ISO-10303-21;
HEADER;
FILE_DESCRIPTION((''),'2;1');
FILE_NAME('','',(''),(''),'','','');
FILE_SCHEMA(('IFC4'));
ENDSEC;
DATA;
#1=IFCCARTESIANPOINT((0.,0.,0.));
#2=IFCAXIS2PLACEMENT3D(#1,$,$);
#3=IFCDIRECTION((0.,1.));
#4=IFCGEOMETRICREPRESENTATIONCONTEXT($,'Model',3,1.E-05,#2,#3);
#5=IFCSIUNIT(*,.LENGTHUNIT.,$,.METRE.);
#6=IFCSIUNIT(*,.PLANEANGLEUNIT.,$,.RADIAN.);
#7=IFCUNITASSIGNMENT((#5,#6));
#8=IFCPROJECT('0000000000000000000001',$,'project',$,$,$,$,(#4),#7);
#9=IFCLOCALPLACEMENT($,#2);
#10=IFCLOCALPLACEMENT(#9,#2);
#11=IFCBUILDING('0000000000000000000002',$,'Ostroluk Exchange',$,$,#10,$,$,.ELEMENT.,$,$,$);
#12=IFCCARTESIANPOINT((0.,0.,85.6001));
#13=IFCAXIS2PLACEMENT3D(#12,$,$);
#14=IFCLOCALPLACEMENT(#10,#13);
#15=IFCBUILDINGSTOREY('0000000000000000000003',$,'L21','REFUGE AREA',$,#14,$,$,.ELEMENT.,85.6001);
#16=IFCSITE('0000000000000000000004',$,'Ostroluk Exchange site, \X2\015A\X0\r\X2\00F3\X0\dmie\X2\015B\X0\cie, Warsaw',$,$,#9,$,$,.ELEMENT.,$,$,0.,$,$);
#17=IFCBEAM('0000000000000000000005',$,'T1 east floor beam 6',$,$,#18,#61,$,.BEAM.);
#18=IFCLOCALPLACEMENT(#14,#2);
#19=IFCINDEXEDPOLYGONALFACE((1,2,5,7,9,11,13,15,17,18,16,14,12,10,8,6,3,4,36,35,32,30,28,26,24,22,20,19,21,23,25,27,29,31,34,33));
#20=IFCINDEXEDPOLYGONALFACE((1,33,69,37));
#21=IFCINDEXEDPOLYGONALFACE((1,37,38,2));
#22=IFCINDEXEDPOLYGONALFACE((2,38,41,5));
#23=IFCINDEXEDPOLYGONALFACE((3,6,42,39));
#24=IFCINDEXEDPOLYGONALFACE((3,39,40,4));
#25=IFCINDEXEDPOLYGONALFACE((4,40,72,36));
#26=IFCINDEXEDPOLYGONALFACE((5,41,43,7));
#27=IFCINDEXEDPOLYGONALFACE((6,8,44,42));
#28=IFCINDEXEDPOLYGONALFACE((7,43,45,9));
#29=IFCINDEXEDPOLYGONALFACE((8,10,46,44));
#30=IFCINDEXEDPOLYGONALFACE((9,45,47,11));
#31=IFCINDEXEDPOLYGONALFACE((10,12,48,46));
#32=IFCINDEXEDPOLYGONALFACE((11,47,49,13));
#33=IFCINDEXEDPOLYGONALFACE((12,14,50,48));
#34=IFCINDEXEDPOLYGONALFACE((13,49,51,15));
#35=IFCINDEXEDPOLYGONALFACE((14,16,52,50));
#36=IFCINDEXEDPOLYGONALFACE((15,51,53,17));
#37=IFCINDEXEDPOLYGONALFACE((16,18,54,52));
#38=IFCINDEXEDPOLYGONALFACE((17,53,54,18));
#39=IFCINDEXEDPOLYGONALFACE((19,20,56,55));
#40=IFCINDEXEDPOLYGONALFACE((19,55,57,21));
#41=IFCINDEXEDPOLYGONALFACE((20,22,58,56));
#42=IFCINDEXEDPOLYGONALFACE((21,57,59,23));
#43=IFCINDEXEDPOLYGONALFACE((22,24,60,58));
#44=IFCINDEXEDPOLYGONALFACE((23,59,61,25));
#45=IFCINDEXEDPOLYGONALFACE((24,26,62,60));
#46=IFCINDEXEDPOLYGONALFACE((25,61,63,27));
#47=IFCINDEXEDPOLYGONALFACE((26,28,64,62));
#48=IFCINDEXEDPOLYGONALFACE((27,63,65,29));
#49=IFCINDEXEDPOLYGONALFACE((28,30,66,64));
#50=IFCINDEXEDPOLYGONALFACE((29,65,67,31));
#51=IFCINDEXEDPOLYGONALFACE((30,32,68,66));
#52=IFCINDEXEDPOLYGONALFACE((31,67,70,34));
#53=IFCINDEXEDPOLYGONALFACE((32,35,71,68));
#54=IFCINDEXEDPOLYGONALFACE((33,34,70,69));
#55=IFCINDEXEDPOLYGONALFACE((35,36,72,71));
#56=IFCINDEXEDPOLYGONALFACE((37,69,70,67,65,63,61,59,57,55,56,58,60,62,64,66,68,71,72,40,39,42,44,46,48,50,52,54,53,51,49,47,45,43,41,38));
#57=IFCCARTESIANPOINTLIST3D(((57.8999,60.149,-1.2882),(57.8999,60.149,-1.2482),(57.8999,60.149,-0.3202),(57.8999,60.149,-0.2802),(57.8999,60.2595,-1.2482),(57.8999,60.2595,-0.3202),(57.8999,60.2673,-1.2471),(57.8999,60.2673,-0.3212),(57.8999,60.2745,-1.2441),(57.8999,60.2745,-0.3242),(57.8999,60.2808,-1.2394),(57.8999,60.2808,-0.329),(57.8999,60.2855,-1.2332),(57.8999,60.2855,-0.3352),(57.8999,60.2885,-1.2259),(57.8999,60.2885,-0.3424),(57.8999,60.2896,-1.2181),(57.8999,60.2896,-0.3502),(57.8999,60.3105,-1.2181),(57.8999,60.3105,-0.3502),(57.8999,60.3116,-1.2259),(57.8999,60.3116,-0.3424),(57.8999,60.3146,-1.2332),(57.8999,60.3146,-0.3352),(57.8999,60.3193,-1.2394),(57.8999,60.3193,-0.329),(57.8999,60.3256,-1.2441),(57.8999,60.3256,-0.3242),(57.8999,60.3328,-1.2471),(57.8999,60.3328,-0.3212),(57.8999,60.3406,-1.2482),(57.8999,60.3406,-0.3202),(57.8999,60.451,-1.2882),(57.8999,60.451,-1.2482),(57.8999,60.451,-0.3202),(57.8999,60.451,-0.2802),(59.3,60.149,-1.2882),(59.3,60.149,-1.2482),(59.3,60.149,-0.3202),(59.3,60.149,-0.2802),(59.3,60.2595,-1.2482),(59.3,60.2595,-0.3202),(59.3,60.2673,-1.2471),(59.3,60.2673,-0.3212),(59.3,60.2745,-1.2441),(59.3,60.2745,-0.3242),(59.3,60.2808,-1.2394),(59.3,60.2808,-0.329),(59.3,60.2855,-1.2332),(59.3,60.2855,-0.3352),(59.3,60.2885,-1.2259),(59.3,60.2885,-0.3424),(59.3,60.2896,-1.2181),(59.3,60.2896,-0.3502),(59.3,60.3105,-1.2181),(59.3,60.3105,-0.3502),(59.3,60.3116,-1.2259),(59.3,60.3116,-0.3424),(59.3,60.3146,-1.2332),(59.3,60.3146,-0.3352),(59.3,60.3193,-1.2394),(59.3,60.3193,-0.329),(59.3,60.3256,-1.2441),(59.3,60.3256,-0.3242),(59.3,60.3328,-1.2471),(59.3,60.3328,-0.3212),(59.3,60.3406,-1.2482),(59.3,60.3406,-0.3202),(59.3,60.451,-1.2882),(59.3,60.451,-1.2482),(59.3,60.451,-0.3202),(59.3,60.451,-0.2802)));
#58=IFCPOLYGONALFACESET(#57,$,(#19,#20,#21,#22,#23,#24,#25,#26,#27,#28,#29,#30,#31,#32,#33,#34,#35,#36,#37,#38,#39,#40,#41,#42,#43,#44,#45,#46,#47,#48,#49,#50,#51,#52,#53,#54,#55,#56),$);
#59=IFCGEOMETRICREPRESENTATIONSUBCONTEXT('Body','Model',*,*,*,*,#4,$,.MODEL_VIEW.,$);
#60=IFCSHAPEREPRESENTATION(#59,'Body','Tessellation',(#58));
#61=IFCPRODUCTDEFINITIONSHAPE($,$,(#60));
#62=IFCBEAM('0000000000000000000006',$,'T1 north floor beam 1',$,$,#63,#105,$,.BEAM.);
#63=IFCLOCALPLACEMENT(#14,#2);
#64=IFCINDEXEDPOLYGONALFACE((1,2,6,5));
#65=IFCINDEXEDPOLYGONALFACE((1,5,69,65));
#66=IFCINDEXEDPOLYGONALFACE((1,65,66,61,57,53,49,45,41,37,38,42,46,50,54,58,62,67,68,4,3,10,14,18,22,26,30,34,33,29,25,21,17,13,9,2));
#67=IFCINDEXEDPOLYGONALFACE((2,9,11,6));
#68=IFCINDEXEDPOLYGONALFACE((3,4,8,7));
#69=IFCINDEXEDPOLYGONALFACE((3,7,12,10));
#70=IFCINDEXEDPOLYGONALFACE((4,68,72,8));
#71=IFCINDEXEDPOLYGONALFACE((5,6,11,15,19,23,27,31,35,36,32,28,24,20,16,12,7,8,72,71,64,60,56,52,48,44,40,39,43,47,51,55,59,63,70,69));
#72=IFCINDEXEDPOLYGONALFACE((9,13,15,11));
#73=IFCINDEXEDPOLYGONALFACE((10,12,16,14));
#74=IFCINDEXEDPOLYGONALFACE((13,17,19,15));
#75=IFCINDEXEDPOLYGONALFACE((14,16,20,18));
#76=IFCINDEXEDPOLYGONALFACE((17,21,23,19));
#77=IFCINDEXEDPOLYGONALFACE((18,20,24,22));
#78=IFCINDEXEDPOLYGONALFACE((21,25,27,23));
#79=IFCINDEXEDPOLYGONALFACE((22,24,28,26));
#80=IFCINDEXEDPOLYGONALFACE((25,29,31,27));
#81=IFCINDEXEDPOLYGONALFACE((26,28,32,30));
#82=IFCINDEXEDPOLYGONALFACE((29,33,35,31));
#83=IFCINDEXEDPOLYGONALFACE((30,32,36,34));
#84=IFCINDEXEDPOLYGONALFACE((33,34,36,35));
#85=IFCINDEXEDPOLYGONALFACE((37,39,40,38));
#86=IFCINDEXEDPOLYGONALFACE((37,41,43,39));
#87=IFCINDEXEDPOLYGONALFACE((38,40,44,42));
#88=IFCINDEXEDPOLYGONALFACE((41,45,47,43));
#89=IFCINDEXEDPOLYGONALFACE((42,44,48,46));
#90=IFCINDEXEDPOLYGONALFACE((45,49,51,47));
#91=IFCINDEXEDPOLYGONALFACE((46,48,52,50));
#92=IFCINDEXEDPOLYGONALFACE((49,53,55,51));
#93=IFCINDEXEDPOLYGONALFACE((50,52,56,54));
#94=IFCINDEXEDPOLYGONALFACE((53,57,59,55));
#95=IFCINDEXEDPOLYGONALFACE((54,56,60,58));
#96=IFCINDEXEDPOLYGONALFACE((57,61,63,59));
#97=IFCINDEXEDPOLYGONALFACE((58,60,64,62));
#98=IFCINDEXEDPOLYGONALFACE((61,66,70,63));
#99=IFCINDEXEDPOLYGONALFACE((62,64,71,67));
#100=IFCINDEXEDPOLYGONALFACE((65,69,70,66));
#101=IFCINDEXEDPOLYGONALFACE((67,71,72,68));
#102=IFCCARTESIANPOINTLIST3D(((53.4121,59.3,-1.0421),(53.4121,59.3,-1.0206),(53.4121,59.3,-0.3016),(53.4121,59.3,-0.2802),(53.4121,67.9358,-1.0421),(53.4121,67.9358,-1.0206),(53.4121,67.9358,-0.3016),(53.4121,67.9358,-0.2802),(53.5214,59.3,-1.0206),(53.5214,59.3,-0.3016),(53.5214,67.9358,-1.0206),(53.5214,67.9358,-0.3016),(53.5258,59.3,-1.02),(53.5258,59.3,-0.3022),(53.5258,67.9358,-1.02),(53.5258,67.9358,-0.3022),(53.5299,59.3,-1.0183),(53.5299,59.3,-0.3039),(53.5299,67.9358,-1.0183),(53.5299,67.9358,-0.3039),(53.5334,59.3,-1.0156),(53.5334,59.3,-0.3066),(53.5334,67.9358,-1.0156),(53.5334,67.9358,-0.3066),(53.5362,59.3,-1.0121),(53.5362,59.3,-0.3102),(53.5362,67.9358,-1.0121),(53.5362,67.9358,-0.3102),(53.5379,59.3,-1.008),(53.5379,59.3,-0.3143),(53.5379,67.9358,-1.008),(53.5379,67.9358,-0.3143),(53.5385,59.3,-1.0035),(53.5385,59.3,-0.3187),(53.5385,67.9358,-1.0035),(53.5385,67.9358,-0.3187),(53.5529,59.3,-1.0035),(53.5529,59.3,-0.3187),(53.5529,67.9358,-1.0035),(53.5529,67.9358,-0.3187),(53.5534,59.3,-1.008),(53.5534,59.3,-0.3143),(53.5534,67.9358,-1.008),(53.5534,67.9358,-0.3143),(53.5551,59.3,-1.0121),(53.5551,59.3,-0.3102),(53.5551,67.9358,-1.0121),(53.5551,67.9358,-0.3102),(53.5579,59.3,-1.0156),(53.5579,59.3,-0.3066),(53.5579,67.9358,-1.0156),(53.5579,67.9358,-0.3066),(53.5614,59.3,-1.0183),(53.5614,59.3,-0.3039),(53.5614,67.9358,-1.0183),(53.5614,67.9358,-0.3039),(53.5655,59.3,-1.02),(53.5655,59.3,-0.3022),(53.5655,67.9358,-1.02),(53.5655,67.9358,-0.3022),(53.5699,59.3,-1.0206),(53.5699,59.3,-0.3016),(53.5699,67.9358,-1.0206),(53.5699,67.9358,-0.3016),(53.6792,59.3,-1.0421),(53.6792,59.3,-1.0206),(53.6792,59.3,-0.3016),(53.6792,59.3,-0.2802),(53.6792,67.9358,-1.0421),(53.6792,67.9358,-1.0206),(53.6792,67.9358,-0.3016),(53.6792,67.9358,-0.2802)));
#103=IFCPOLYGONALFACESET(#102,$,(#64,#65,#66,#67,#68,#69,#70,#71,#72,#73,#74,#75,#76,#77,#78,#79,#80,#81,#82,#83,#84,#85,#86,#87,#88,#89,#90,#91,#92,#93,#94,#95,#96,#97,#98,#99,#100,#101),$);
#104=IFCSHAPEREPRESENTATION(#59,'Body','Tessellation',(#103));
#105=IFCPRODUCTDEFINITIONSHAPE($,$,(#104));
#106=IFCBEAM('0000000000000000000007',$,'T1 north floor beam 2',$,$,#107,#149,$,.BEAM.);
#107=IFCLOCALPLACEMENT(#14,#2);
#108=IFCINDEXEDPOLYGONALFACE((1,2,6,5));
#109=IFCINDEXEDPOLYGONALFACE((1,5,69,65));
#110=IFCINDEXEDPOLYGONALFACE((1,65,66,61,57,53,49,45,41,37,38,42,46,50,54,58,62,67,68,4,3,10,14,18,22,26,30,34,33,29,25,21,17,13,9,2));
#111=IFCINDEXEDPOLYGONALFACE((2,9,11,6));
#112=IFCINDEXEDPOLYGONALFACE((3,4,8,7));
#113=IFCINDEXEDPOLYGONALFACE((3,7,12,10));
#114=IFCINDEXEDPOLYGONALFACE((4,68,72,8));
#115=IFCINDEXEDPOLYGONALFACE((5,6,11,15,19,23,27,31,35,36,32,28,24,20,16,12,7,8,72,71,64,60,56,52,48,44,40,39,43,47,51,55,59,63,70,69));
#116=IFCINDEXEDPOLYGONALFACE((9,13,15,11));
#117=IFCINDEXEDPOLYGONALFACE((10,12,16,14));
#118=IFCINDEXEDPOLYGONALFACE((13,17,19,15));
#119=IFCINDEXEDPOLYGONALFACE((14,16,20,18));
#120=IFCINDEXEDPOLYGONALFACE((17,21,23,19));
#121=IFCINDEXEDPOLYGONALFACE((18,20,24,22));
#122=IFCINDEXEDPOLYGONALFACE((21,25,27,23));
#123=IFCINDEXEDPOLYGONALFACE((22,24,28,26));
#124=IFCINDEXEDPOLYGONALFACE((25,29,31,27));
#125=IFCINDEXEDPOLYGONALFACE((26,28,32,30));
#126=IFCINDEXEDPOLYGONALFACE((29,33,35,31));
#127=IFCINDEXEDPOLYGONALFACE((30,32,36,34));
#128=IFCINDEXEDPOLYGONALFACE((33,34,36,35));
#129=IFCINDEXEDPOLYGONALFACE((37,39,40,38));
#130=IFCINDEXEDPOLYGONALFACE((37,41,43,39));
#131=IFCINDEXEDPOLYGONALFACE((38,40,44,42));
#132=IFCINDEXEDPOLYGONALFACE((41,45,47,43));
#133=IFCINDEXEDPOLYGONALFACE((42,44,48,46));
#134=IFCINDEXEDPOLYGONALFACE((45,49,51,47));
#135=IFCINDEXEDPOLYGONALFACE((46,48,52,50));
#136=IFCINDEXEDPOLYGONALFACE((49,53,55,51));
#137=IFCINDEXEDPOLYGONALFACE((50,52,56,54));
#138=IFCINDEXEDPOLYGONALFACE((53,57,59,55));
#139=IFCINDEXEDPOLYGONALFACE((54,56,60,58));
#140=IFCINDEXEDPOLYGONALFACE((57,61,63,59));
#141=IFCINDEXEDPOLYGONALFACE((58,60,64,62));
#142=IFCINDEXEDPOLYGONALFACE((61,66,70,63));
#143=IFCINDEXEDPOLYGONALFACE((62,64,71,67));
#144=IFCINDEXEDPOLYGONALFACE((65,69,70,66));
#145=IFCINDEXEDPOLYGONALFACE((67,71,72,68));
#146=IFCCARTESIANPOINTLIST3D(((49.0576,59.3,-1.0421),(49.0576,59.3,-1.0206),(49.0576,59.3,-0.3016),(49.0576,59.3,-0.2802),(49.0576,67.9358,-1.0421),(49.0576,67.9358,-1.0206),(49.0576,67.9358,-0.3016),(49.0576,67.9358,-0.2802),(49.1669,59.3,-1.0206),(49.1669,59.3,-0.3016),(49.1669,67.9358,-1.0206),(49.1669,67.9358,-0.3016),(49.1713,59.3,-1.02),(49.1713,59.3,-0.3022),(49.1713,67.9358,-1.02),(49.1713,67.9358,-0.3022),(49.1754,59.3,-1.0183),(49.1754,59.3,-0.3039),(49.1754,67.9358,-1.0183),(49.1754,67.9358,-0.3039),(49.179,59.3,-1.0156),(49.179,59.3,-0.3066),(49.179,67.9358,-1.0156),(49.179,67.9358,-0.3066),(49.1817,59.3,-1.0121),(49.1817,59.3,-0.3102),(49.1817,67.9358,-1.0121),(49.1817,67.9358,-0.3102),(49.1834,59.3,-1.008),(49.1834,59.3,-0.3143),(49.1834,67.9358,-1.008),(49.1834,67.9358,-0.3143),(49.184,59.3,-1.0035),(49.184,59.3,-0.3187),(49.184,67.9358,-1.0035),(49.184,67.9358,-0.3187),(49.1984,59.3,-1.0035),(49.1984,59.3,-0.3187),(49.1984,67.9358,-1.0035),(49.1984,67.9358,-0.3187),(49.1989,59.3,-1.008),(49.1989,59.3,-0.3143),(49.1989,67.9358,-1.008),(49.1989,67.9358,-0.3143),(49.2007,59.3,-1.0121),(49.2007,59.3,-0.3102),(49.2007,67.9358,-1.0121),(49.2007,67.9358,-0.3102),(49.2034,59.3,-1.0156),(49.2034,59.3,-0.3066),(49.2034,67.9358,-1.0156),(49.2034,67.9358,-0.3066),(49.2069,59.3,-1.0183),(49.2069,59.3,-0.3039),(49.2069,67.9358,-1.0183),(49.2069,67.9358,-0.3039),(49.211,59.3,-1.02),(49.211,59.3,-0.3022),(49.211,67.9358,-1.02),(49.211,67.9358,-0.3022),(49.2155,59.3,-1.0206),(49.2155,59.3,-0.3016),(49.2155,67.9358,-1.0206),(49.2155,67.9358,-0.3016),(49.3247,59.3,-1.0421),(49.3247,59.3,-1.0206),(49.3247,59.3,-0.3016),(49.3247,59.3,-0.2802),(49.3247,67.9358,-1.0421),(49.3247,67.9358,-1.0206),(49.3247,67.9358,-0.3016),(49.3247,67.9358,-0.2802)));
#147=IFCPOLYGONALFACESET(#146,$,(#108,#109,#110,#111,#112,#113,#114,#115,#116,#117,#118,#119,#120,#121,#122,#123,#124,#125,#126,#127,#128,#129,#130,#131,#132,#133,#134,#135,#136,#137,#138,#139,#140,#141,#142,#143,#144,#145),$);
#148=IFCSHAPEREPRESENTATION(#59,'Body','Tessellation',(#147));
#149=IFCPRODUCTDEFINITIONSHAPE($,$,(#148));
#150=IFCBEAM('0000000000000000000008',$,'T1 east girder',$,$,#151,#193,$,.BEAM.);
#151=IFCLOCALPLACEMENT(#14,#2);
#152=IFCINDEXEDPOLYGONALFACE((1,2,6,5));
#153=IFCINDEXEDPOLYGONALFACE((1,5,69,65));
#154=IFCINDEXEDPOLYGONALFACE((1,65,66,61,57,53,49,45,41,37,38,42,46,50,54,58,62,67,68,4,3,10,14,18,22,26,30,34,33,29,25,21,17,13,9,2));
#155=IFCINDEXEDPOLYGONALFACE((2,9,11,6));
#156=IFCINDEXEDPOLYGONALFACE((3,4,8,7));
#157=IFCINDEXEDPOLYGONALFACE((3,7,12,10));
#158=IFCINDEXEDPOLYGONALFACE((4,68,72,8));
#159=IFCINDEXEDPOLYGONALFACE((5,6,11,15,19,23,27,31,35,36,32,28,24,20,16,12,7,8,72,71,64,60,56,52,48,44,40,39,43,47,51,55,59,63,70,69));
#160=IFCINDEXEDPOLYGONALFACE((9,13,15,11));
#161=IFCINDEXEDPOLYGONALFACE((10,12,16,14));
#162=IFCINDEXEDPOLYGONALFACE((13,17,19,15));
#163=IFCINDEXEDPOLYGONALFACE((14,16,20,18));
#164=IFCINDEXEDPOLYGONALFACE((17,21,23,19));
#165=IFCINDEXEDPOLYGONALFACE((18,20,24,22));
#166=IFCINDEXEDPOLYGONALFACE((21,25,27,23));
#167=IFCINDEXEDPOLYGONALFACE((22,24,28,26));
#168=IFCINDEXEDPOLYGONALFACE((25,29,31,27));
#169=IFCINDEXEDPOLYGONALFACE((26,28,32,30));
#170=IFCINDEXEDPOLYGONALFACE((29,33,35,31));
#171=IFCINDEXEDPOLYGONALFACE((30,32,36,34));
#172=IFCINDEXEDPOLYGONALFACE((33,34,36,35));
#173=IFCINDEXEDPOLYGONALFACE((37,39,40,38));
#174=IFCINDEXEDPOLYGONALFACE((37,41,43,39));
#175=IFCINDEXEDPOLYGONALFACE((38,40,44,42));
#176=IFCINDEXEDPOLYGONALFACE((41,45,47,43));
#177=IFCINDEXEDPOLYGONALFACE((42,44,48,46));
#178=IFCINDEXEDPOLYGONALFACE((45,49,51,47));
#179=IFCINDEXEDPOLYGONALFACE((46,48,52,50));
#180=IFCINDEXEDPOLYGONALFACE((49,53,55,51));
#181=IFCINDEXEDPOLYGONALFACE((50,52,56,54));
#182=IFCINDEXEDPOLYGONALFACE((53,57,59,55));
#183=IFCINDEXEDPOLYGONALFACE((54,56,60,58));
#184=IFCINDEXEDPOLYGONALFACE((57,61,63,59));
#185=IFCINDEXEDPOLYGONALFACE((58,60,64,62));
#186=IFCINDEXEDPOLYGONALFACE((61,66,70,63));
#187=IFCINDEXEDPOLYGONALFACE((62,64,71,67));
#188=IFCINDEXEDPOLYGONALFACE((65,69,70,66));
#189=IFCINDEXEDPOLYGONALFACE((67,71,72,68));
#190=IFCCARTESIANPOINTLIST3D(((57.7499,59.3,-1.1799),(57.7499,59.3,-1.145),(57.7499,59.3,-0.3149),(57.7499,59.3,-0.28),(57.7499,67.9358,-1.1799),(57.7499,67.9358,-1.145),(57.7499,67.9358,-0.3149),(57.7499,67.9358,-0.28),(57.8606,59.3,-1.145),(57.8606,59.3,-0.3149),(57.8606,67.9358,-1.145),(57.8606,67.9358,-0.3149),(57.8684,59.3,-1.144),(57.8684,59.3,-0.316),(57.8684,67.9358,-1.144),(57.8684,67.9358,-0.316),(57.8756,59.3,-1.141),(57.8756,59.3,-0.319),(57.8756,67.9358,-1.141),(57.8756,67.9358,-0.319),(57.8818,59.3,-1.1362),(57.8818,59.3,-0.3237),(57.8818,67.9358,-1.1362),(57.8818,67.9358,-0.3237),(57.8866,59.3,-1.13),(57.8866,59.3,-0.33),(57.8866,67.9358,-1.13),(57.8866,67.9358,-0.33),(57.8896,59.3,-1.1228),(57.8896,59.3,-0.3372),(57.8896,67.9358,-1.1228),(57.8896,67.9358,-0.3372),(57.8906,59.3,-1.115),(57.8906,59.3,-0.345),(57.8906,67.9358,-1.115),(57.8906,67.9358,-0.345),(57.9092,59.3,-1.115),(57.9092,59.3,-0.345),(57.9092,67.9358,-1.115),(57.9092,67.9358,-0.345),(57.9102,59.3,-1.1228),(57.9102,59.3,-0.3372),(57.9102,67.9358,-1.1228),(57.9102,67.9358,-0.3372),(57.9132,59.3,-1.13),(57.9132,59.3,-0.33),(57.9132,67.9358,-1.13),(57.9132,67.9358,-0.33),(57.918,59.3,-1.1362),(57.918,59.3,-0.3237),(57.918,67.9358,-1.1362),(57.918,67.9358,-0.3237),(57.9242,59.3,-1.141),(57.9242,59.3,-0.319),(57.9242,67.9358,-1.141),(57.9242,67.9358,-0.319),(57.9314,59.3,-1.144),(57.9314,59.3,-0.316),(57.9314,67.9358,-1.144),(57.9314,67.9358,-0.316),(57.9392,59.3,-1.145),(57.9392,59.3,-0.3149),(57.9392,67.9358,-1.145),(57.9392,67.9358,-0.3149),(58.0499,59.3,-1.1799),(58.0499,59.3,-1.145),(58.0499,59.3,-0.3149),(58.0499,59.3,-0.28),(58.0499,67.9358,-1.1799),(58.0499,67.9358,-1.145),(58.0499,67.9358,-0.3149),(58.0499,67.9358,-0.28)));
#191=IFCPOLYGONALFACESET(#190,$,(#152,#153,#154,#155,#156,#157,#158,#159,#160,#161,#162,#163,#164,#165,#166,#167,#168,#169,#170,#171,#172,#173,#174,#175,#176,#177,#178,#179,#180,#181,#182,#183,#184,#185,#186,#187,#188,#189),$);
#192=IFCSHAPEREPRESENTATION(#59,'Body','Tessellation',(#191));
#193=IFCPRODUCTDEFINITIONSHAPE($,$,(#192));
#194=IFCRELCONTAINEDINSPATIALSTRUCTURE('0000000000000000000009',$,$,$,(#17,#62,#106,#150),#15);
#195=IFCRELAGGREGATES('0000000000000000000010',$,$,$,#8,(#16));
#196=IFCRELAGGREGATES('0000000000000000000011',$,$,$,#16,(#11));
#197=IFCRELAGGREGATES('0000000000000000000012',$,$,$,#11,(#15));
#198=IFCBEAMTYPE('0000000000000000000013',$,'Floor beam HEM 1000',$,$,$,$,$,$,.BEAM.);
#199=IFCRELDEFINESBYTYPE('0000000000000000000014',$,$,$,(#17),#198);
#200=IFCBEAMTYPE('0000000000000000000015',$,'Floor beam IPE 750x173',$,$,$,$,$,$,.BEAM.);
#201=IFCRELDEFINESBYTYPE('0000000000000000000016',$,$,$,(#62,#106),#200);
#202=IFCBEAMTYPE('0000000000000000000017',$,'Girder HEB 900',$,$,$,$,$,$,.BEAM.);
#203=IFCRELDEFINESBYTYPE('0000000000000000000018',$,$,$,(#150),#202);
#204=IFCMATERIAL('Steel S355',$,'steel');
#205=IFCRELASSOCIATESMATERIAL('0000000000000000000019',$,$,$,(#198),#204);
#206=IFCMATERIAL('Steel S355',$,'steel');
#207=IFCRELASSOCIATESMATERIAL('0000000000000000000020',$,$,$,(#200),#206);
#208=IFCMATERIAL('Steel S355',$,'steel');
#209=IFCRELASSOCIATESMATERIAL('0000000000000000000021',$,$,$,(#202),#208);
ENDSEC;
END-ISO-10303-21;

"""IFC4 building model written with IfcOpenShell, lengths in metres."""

from ifc_helpers import new_model, si_unit, direction, frame, origin, origin_2d, place, context, subcontext, project, spatial, i_section, extrude, material, material_profile, profile_set, type_object, element, save


model = new_model("IFC4")

# Units and contexts
model_context = context("Model", 3, precision=1e-05, world=origin(), true_north=direction((0.0, 1.0)))
body_context = subcontext(model_context, "Body", "Model", "MODEL_VIEW")
ifc_project = project(units=[si_unit("LENGTHUNIT", "METRE"), si_unit("PLANEANGLEUNIT", "RADIAN")], contexts=[model_context])

# Site, building, storey
site_placement = place(None, origin())
site = spatial("IfcSite", under=ifc_project, at=site_placement, Name="Ostroluk Exchange site, Śródmieście, Warsaw", CompositionType="ELEMENT", RefElevation=0.0)
building_placement = place(site_placement, origin())
building = spatial("IfcBuilding", under=site, at=building_placement, Name="Ostroluk Exchange", CompositionType="ELEMENT")
storey_placement = place(building_placement, frame((0.0, 0.0, 85.6001)))
storey = spatial("IfcBuildingStorey", under=building, at=storey_placement, Name="L21", Description="REFUGE AREA", CompositionType="ELEMENT", Elevation=85.6001)

# Beams
ifc_material_1 = material(Name="Steel S355", Category="steel")
ifc_material_profile_1 = material_profile(ifc_material_1, i_section(OverallWidth=0.302, OverallDepth=1.0081, WebThickness=0.021, FlangeThickness=0.04, FilletRadius=0.03, at=origin_2d()), Name="HEM 1000")
ifc_profile_set_1 = profile_set([ifc_material_profile_1], Name="Steel S355")
beam_type_1 = type_object("IfcBeamType", Name="Floor beam HEM 1000", PredefinedType="BEAM", material=ifc_profile_set_1)
beam_1_placement = place(storey_placement, frame((57.8999, 60.3, -0.7842), z_axis=(1.0, 0.0, 0.0), x_axis=(0.0, 1.0, 0.0)))
element("IfcBeam", 1, at=beam_1_placement, inside=storey, type_object=beam_type_1, Name="T1 east floor beam 6", PredefinedType="BEAM", context=body_context, shape_type="SweptSolid", body=[
    extrude(i_section(OverallWidth=0.302, OverallDepth=1.0081, WebThickness=0.021, FlangeThickness=0.04, FilletRadius=0.03, at=origin_2d()), origin(), (0.0, 0.0, 1.0), 1.4001),
])
ifc_material_2 = material(Name="Steel S355", Category="steel")
ifc_material_profile_2 = material_profile(ifc_material_2, i_section(OverallWidth=0.2671, OverallDepth=0.762, WebThickness=0.0144, FlangeThickness=0.0215, FilletRadius=0.0171, at=origin_2d()), Name="IPE 750x173")
ifc_profile_set_2 = profile_set([ifc_material_profile_2], Name="Steel S355")
beam_type_2 = type_object("IfcBeamType", Name="Floor beam IPE 750x173", PredefinedType="BEAM", material=ifc_profile_set_2)
for number, where, z_axis, x_axis, name in (
    (2, (53.5457, 59.3, -0.6611), (0.0, 1.0, 0.0), (-1.0, 0.0, 0.0), "T1 north floor beam 1"),
    (3, (49.1912, 59.3, -0.6611), (0.0, 1.0, 0.0), (-1.0, 0.0, 0.0), "T1 north floor beam 2"),
):
    element("IfcBeam", number, at=place(storey_placement, frame(where, z_axis=z_axis, x_axis=x_axis)), inside=storey, type_object=beam_type_2, Name=name, PredefinedType="BEAM", context=body_context, shape_type="SweptSolid", body=[
        extrude(i_section(OverallWidth=0.2671, OverallDepth=0.762, WebThickness=0.0144, FlangeThickness=0.0215, FilletRadius=0.0171, at=origin_2d()), origin(), (0.0, 0.0, 1.0), 8.6357),
    ])
ifc_material_3 = material(Name="Steel S355", Category="steel")
ifc_material_profile_3 = material_profile(ifc_material_3, i_section(OverallWidth=0.3, OverallDepth=0.8999, WebThickness=0.0186, FlangeThickness=0.0349, FilletRadius=0.03, at=origin_2d()), Name="HEB 900")
ifc_profile_set_3 = profile_set([ifc_material_profile_3], Name="Steel S355")
beam_type_3 = type_object("IfcBeamType", Name="Girder HEB 900", PredefinedType="BEAM", material=ifc_profile_set_3)
beam_2_placement = place(storey_placement, frame((57.8999, 59.3, -0.73), z_axis=(0.0, 1.0, 0.0), x_axis=(-1.0, 0.0, 0.0)))
element("IfcBeam", 4, at=beam_2_placement, inside=storey, type_object=beam_type_3, Name="T1 east girder", PredefinedType="BEAM", context=body_context, shape_type="SweptSolid", body=[
    extrude(i_section(OverallWidth=0.3, OverallDepth=0.8999, WebThickness=0.0186, FlangeThickness=0.0349, FilletRadius=0.03, at=origin_2d()), origin(), (0.0, 0.0, 1.0), 8.6357),
])

save(model, "model.ifc")
